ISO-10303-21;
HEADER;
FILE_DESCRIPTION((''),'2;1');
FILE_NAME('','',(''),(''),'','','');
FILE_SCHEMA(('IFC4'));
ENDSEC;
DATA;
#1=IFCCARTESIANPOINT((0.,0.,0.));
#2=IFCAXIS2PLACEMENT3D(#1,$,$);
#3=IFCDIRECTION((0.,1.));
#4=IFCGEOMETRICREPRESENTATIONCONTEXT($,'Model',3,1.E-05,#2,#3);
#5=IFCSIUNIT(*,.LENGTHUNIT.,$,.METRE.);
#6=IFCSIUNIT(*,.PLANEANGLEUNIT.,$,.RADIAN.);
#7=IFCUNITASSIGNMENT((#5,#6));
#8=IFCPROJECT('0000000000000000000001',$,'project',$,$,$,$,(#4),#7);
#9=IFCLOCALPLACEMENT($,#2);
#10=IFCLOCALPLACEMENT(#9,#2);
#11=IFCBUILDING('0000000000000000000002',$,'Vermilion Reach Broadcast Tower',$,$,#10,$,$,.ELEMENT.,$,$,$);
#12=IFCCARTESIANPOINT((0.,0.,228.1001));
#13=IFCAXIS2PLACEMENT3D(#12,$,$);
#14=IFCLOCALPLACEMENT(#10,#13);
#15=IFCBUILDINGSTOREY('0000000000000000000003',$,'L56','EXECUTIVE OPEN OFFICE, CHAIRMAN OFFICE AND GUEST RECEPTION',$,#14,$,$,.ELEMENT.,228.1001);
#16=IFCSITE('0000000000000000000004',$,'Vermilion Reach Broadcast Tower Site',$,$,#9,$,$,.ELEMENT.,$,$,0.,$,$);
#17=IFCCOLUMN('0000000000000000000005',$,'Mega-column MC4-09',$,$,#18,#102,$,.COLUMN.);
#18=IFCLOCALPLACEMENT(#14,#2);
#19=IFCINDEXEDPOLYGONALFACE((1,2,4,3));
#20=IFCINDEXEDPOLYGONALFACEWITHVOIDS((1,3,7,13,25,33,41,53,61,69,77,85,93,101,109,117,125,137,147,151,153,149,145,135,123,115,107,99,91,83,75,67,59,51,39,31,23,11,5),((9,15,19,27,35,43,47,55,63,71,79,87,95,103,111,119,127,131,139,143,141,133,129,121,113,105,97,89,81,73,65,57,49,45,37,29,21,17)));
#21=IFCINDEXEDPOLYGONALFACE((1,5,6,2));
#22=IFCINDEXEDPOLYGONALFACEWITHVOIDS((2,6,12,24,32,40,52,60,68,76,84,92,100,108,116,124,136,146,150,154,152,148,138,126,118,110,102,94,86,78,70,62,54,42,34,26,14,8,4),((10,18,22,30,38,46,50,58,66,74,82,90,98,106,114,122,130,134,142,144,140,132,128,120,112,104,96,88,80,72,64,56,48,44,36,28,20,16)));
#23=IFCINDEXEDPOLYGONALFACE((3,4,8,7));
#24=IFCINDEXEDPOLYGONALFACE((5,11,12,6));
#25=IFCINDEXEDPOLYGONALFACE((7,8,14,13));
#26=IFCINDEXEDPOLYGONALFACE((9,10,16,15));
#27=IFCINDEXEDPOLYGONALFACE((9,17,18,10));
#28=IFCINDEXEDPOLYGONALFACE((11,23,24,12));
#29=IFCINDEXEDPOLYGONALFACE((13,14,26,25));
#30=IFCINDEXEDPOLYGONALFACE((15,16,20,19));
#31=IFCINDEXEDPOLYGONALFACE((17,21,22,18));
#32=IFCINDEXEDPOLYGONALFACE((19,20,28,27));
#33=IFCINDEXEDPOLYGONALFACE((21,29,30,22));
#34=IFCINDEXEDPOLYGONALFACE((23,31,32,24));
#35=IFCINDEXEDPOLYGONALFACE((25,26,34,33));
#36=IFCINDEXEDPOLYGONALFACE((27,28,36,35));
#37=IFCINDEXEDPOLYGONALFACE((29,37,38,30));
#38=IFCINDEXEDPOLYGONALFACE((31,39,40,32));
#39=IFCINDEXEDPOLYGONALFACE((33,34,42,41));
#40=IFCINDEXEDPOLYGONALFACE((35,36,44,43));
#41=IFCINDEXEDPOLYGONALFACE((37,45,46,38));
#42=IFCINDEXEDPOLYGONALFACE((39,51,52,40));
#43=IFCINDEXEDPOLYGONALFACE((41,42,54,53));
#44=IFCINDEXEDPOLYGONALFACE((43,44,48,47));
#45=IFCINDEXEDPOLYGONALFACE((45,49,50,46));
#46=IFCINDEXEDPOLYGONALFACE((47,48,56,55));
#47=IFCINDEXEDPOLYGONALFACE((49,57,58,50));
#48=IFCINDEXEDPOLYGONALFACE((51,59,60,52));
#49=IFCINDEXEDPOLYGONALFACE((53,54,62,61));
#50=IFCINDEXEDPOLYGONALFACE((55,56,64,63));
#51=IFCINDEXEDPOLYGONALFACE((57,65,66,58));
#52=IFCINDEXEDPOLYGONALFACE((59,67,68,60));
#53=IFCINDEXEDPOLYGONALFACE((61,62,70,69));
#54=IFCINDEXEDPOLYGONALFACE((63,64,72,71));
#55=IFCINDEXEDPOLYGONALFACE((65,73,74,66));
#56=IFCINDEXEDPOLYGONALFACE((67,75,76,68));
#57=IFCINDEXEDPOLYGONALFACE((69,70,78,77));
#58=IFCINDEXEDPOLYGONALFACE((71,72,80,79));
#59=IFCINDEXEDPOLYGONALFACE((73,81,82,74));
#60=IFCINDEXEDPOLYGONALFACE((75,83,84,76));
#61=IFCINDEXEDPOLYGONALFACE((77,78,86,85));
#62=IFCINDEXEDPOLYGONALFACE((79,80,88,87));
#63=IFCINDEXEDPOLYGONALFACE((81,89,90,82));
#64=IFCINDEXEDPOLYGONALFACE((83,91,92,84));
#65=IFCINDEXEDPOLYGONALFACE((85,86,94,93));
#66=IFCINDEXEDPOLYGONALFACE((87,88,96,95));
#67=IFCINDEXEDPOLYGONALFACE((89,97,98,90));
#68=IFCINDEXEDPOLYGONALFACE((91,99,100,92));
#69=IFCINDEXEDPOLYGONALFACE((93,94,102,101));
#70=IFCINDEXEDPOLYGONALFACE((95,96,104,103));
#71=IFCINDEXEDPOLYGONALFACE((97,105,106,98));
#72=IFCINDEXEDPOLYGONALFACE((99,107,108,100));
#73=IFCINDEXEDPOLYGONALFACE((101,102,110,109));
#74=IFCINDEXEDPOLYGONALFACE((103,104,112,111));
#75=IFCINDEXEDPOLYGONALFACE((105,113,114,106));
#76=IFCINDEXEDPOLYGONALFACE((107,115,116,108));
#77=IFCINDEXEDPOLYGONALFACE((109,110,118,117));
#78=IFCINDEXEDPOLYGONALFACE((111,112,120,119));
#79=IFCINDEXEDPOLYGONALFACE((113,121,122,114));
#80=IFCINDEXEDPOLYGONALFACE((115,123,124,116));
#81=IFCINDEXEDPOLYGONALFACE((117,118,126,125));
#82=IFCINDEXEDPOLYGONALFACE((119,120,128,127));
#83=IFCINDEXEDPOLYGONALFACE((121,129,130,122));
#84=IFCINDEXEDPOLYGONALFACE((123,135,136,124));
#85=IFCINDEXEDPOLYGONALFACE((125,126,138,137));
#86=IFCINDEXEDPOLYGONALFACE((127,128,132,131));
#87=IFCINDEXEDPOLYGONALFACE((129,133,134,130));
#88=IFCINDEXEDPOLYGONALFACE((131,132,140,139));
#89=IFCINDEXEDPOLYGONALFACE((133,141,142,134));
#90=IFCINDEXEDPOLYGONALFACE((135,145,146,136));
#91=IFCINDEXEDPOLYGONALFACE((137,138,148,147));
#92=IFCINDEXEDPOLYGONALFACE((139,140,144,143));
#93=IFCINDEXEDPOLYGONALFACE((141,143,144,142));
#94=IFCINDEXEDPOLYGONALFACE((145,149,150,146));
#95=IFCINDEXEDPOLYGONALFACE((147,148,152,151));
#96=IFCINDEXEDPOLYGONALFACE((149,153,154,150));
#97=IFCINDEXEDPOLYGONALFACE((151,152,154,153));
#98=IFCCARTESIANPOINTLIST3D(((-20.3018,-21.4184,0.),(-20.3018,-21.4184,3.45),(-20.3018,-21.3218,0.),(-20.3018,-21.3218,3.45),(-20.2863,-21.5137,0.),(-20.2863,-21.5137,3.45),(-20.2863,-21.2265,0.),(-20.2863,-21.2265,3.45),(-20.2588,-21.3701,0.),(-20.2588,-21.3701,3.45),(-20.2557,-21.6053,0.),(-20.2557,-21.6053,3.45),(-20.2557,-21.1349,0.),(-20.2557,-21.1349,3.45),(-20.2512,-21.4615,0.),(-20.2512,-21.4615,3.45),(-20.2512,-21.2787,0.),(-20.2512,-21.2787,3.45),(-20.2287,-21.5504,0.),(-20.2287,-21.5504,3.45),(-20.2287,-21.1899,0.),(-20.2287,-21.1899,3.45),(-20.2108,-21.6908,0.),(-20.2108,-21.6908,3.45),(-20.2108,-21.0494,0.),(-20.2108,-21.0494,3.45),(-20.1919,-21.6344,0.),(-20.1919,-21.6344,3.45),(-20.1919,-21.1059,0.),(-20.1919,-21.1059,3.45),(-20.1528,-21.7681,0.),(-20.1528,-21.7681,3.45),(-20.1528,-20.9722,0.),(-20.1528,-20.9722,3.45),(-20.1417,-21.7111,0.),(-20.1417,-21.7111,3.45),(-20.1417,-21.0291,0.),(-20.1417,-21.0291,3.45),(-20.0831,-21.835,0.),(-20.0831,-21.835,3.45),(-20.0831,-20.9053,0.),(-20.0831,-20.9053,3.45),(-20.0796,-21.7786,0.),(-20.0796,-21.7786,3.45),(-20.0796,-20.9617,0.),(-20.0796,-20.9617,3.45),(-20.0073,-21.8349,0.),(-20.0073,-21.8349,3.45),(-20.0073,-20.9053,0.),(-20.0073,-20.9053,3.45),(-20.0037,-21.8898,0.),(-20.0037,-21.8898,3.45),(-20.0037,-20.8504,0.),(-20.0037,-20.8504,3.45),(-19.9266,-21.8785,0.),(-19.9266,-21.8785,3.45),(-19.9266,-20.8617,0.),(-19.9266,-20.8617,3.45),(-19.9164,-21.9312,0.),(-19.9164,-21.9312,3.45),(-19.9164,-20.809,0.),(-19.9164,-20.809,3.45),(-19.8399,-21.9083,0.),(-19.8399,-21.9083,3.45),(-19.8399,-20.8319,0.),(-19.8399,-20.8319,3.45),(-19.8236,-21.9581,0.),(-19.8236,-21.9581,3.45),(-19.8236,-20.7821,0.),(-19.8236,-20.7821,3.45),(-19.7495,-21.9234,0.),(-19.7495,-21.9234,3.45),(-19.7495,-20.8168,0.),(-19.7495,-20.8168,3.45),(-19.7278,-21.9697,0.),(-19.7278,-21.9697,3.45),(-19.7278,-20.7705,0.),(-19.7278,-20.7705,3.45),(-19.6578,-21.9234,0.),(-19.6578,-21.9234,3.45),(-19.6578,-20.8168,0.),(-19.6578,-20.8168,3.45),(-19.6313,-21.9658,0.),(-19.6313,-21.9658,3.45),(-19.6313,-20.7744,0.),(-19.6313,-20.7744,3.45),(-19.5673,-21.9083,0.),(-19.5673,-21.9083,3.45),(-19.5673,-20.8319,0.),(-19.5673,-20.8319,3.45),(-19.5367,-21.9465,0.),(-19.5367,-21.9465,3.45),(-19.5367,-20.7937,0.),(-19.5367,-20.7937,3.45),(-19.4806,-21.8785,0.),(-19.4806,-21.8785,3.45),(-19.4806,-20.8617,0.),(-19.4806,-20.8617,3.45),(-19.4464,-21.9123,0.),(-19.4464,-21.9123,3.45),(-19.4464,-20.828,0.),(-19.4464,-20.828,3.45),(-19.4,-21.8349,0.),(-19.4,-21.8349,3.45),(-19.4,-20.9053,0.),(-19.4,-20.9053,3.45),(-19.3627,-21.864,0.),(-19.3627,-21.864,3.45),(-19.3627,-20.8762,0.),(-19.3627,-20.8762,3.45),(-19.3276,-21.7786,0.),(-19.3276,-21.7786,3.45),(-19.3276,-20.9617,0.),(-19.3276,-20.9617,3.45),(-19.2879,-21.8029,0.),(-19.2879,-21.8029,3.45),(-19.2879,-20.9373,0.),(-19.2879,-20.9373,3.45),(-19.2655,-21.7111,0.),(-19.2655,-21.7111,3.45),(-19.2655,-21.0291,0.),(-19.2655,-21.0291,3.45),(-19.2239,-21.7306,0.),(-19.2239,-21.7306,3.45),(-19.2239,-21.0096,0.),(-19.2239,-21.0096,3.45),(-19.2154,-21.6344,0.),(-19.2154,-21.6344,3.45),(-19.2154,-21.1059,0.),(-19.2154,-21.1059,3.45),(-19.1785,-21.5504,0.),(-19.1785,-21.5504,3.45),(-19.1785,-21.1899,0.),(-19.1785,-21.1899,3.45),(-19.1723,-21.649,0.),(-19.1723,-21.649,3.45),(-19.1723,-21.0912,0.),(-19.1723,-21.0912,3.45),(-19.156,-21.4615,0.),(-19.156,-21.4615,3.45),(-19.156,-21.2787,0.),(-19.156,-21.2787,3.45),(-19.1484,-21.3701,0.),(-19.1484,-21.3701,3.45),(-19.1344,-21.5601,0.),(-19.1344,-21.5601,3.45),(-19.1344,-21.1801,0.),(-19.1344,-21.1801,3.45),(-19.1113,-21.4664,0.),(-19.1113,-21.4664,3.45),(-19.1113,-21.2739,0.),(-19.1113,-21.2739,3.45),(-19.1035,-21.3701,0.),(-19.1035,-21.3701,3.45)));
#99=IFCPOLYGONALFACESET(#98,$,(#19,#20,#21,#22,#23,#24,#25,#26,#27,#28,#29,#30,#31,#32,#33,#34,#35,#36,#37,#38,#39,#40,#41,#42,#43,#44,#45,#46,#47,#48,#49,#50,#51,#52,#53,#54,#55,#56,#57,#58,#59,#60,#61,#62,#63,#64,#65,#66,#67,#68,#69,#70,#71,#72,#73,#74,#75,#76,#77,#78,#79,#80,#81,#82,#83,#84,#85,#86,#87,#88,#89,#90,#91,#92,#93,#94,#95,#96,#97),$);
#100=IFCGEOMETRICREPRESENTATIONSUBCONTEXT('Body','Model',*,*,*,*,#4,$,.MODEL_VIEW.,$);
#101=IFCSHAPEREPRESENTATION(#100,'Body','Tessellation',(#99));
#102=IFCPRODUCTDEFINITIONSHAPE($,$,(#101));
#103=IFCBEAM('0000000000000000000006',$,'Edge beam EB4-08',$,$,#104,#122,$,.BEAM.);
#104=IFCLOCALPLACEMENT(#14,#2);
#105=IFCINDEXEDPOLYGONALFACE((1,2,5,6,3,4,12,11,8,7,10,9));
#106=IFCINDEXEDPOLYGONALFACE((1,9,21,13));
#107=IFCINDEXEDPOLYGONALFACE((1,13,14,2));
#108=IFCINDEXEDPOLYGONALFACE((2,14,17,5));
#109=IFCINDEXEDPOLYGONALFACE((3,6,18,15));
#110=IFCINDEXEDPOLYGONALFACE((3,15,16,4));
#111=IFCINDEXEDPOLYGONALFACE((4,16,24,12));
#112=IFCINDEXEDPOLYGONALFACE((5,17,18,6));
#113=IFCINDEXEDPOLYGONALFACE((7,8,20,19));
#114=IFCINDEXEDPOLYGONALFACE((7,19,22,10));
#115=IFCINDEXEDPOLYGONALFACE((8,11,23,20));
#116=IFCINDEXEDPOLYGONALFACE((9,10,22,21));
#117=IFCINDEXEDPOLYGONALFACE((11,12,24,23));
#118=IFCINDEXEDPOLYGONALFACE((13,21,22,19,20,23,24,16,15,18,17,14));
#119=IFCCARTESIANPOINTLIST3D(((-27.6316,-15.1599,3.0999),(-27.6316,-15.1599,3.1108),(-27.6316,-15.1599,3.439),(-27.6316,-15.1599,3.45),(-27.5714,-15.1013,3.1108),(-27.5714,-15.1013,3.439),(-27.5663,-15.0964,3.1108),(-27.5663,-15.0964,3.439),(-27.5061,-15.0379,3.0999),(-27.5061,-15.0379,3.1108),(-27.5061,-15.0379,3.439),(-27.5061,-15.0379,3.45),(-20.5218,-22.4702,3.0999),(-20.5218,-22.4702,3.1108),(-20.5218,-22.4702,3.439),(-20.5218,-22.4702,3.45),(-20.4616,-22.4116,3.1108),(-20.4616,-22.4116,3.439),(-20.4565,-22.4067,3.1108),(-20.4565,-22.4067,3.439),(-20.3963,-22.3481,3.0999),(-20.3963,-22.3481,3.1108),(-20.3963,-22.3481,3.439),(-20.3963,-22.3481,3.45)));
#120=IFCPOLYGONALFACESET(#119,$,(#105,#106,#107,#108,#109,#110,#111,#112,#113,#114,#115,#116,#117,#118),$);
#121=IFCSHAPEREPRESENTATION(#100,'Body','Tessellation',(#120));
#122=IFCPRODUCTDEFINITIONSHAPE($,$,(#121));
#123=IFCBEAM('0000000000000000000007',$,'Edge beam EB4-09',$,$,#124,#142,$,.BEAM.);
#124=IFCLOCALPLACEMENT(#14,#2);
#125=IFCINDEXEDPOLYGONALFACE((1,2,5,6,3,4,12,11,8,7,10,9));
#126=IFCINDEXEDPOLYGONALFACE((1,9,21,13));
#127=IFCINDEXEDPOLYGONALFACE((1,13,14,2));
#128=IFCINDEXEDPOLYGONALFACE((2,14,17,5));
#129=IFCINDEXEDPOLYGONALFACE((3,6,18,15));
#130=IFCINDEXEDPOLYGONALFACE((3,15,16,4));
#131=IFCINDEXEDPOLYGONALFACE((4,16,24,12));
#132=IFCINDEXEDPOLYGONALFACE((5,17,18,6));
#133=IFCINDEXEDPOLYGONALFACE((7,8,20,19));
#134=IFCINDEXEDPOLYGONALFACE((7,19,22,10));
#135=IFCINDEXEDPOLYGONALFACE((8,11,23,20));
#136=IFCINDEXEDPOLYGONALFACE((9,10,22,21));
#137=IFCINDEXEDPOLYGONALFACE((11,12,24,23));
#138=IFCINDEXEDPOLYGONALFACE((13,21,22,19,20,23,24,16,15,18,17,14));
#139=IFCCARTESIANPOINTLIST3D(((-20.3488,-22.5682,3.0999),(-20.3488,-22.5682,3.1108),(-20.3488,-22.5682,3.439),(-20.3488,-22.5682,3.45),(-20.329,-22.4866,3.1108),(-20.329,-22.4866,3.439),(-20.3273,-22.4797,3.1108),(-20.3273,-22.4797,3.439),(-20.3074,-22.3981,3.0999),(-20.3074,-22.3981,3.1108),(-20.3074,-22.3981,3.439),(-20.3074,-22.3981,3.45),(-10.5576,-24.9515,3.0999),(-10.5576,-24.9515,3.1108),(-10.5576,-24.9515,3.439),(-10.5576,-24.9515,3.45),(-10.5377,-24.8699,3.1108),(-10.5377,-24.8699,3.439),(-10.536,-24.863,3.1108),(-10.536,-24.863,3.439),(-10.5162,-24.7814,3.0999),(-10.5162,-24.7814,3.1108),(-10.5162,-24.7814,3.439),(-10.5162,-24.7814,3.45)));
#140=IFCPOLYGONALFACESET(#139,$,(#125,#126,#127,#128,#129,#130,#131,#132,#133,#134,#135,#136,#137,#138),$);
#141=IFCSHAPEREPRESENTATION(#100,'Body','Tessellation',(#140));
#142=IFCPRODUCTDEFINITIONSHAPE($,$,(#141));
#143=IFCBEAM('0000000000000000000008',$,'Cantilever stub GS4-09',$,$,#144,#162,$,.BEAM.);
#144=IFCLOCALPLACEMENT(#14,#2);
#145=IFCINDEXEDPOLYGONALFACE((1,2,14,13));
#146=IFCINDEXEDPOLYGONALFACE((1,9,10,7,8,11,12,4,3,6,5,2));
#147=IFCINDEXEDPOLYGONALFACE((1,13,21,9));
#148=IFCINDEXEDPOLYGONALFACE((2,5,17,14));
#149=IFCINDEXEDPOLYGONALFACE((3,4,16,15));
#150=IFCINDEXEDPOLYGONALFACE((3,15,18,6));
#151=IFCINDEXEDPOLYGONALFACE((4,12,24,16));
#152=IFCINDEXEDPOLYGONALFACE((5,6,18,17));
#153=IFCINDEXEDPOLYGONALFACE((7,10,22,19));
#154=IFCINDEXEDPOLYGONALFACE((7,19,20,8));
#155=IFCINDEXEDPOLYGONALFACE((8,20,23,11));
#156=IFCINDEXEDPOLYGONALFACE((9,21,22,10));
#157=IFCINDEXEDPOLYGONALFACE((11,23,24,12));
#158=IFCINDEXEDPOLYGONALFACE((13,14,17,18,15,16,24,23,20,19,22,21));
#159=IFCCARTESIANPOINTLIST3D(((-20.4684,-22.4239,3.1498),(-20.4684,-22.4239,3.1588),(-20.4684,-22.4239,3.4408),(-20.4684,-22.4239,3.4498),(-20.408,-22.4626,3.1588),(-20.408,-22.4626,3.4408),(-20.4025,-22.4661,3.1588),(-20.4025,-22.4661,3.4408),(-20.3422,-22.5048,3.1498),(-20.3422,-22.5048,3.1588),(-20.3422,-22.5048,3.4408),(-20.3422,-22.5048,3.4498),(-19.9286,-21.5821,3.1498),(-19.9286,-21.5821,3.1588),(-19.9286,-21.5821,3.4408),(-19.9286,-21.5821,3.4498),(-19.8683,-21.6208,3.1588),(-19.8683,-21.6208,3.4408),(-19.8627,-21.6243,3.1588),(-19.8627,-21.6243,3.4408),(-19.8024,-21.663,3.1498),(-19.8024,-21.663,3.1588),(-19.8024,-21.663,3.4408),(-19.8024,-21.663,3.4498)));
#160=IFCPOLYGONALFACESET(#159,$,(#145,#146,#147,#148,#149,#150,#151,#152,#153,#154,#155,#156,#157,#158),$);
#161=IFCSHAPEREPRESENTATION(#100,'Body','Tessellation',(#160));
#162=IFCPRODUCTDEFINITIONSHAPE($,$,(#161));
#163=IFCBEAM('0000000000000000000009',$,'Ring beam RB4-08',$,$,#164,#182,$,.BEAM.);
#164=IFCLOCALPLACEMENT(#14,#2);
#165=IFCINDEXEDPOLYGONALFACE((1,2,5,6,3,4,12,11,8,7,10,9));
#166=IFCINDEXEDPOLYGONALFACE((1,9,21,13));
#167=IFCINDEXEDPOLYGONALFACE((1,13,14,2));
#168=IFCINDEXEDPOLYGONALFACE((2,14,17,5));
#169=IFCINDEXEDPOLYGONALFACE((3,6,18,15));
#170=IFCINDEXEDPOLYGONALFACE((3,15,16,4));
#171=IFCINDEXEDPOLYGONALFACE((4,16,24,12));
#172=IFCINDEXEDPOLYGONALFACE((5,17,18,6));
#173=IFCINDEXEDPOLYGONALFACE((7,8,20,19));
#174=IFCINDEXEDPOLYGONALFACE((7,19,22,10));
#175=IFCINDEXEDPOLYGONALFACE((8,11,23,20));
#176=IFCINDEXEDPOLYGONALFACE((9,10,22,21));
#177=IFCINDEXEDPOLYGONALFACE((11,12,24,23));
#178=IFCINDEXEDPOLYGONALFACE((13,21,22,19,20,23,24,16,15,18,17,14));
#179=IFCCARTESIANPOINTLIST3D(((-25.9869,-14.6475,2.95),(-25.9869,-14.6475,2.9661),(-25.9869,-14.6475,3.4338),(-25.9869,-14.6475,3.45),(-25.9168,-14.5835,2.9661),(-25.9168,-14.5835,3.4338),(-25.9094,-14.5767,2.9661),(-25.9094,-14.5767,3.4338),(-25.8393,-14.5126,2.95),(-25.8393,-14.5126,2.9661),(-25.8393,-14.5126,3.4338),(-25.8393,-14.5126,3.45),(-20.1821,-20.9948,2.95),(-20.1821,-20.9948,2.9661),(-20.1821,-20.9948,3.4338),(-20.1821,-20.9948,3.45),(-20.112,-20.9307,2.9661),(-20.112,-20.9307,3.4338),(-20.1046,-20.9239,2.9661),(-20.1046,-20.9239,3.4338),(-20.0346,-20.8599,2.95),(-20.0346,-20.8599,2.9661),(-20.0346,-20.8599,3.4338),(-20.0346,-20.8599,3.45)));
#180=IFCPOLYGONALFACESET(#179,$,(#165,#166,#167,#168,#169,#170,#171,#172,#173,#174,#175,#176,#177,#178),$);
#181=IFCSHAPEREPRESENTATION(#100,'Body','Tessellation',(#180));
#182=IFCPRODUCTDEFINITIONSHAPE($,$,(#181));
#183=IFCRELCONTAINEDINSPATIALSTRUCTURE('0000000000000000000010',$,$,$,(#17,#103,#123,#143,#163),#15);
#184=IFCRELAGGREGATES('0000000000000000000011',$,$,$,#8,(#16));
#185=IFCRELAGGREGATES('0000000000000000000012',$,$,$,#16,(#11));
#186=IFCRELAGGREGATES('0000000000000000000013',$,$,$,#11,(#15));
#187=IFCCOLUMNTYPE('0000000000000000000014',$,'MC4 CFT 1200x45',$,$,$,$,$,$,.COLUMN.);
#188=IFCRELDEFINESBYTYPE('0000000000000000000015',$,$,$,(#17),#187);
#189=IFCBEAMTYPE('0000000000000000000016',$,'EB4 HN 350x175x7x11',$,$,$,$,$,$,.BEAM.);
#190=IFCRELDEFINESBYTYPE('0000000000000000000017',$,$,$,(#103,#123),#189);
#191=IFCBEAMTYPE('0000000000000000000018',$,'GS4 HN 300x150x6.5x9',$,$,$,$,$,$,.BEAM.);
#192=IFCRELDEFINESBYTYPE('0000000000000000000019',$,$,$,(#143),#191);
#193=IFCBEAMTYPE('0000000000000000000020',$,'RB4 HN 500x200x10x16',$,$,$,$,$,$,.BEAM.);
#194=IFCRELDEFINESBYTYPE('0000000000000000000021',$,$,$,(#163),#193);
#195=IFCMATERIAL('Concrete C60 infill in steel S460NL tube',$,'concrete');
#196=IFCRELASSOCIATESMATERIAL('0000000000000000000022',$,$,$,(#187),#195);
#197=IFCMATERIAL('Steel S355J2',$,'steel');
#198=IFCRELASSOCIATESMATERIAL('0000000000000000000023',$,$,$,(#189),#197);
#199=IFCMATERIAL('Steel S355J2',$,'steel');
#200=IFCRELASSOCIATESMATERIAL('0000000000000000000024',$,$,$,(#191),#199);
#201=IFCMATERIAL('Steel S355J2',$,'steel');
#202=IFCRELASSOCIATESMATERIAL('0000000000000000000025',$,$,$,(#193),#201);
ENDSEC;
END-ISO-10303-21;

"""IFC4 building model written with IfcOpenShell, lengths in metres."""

from ifc_helpers import new_model, si_unit, direction, frame, origin, origin_2d, place, context, subcontext, project, spatial, hollow_circle, i_section, extrude, material, material_profile, profile_set, type_object, element, save


model = new_model("IFC4")

# Units and contexts
model_context = context("Model", 3, precision=1e-05, world=origin(), true_north=direction((0.0, 1.0)))
body_context = subcontext(model_context, "Body", "Model", "MODEL_VIEW")
ifc_project = project(units=[si_unit("LENGTHUNIT", "METRE"), si_unit("PLANEANGLEUNIT", "RADIAN")], contexts=[model_context])

# Site, building, storey
site_placement = place(None, origin())
site = spatial("IfcSite", under=ifc_project, at=site_placement, Name="Vermilion Reach Broadcast Tower Site", CompositionType="ELEMENT", RefElevation=0.0)
building_placement = place(site_placement, origin())
building = spatial("IfcBuilding", under=site, at=building_placement, Name="Vermilion Reach Broadcast Tower", CompositionType="ELEMENT")
storey_placement = place(building_placement, frame((0.0, 0.0, 228.1001)))
storey = spatial("IfcBuildingStorey", under=building, at=storey_placement, Name="L56", Description="EXECUTIVE OPEN OFFICE, CHAIRMAN OFFICE AND GUEST RECEPTION", CompositionType="ELEMENT", Elevation=228.1001)

# Column
ifc_material_1 = material(Name="Concrete C60 infill in steel S460NL tube", Category="concrete")
ifc_material_profile_1 = material_profile(ifc_material_1, hollow_circle(Radius=0.6001, WallThickness=0.0449, at=origin_2d()), Name="Concrete C60 infill in steel S460NL tube CFT 1200x45")
ifc_profile_set_1 = profile_set([ifc_material_profile_1], Name="Concrete C60 infill in steel S460NL tube")
column_type = type_object("IfcColumnType", Name="MC4 CFT 1200x45", PredefinedType="COLUMN", material=ifc_profile_set_1)
column_placement = place(storey_placement, frame((-19.7036, -21.3701, 0.0), z_axis=(0.0, 0.0, 1.0), x_axis=(1.0, 0.0, 0.0)))
element("IfcColumn", 1, at=column_placement, inside=storey, type_object=column_type, Name="Mega-column MC4-09", PredefinedType="COLUMN", context=body_context, shape_type="SweptSolid", body=[
    extrude(hollow_circle(Radius=0.6001, WallThickness=0.0449, at=origin_2d()), origin(), (0.0, 0.0, 1.0), 3.45),
])

# Beams
ifc_material_2 = material(Name="Steel S355J2", Category="steel")
ifc_material_profile_2 = material_profile(ifc_material_2, i_section(OverallWidth=0.175, OverallDepth=0.3501, WebThickness=0.0071, FlangeThickness=0.011, at=origin_2d()), Name="S355J2 HN 350x175x7x11")
ifc_profile_set_2 = profile_set([ifc_material_profile_2], Name="Steel S355J2")
beam_type_1 = type_object("IfcBeamType", Name="EB4 HN 350x175x7x11", PredefinedType="BEAM", material=ifc_profile_set_2)
beam_1_placement = place(storey_placement, frame((-27.5688, -15.0989, 3.2749), z_axis=(0.697211, -0.716866, 0.0), x_axis=(0.716866, 0.697211, 0.0)))
element("IfcBeam", 2, at=beam_1_placement, inside=storey, type_object=beam_type_1, Name="Edge beam EB4-08", PredefinedType="BEAM", context=body_context, shape_type="SweptSolid", body=[
    extrude(i_section(OverallWidth=0.175, OverallDepth=0.3501, WebThickness=0.0071, FlangeThickness=0.011, at=origin_2d()), origin(), (0.0, 0.0, 1.0), 10.1975),
])
beam_2_placement = place(storey_placement, frame((-20.3281, -22.4832, 3.2749), z_axis=(0.97163, -0.236506, 0.0), x_axis=(0.236506, 0.97163, 0.0)))
element("IfcBeam", 3, at=beam_2_placement, inside=storey, type_object=beam_type_1, Name="Edge beam EB4-09", PredefinedType="BEAM", context=body_context, shape_type="SweptSolid", body=[
    extrude(i_section(OverallWidth=0.175, OverallDepth=0.3501, WebThickness=0.0071, FlangeThickness=0.011, at=origin_2d()), origin(), (0.0, 0.0, 1.0), 10.0771),
])
ifc_material_3 = material(Name="Steel S355J2", Category="steel")
ifc_material_profile_3 = material_profile(ifc_material_3, i_section(OverallWidth=0.1499, OverallDepth=0.3, WebThickness=0.0066, FlangeThickness=0.009, at=origin_2d()), Name="S355J2 HN 300x150x6.5x9")
ifc_profile_set_3 = profile_set([ifc_material_profile_3], Name="Steel S355J2")
beam_type_2 = type_object("IfcBeamType", Name="GS4 HN 300x150x6.5x9", PredefinedType="BEAM", material=ifc_profile_set_3)
beam_3_placement = place(storey_placement, frame((-19.8655, -21.6226, 3.2998), z_axis=(-0.539795, -0.841797, 0.0), x_axis=(0.841797, -0.539795, 0.0)))
element("IfcBeam", 4, at=beam_3_placement, inside=storey, type_object=beam_type_2, Name="Cantilever stub GS4-09", PredefinedType="BEAM", context=body_context, shape_type="SweptSolid", body=[
    extrude(i_section(OverallWidth=0.1499, OverallDepth=0.3, WebThickness=0.0066, FlangeThickness=0.009, at=origin_2d()), origin(), (0.0, 0.0, 1.0), 1.0),
])
ifc_material_4 = material(Name="Steel S355J2", Category="steel")
ifc_material_profile_4 = material_profile(ifc_material_4, i_section(OverallWidth=0.2, OverallDepth=0.5, WebThickness=0.01, FlangeThickness=0.0161, at=origin_2d()), Name="S355J2 HN 500x200x10x16")
ifc_profile_set_4 = profile_set([ifc_material_profile_4], Name="Steel S355J2")
beam_type_3 = type_object("IfcBeamType", Name="RB4 HN 500x200x10x16", PredefinedType="BEAM", material=ifc_profile_set_4)
beam_4_placement = place(storey_placement, frame((-25.9131, -14.5801, 3.2), z_axis=(0.674868, -0.737938, 0.0), x_axis=(0.737938, 0.674868, 0.0)))
element("IfcBeam", 5, at=beam_4_placement, inside=storey, type_object=beam_type_3, Name="Ring beam RB4-08", PredefinedType="BEAM", context=body_context, shape_type="SweptSolid", body=[
    extrude(i_section(OverallWidth=0.2, OverallDepth=0.5, WebThickness=0.01, FlangeThickness=0.0161, at=origin_2d()), origin(), (0.0, 0.0, 1.0), 8.6013),
])

save(model, "model.ifc")
